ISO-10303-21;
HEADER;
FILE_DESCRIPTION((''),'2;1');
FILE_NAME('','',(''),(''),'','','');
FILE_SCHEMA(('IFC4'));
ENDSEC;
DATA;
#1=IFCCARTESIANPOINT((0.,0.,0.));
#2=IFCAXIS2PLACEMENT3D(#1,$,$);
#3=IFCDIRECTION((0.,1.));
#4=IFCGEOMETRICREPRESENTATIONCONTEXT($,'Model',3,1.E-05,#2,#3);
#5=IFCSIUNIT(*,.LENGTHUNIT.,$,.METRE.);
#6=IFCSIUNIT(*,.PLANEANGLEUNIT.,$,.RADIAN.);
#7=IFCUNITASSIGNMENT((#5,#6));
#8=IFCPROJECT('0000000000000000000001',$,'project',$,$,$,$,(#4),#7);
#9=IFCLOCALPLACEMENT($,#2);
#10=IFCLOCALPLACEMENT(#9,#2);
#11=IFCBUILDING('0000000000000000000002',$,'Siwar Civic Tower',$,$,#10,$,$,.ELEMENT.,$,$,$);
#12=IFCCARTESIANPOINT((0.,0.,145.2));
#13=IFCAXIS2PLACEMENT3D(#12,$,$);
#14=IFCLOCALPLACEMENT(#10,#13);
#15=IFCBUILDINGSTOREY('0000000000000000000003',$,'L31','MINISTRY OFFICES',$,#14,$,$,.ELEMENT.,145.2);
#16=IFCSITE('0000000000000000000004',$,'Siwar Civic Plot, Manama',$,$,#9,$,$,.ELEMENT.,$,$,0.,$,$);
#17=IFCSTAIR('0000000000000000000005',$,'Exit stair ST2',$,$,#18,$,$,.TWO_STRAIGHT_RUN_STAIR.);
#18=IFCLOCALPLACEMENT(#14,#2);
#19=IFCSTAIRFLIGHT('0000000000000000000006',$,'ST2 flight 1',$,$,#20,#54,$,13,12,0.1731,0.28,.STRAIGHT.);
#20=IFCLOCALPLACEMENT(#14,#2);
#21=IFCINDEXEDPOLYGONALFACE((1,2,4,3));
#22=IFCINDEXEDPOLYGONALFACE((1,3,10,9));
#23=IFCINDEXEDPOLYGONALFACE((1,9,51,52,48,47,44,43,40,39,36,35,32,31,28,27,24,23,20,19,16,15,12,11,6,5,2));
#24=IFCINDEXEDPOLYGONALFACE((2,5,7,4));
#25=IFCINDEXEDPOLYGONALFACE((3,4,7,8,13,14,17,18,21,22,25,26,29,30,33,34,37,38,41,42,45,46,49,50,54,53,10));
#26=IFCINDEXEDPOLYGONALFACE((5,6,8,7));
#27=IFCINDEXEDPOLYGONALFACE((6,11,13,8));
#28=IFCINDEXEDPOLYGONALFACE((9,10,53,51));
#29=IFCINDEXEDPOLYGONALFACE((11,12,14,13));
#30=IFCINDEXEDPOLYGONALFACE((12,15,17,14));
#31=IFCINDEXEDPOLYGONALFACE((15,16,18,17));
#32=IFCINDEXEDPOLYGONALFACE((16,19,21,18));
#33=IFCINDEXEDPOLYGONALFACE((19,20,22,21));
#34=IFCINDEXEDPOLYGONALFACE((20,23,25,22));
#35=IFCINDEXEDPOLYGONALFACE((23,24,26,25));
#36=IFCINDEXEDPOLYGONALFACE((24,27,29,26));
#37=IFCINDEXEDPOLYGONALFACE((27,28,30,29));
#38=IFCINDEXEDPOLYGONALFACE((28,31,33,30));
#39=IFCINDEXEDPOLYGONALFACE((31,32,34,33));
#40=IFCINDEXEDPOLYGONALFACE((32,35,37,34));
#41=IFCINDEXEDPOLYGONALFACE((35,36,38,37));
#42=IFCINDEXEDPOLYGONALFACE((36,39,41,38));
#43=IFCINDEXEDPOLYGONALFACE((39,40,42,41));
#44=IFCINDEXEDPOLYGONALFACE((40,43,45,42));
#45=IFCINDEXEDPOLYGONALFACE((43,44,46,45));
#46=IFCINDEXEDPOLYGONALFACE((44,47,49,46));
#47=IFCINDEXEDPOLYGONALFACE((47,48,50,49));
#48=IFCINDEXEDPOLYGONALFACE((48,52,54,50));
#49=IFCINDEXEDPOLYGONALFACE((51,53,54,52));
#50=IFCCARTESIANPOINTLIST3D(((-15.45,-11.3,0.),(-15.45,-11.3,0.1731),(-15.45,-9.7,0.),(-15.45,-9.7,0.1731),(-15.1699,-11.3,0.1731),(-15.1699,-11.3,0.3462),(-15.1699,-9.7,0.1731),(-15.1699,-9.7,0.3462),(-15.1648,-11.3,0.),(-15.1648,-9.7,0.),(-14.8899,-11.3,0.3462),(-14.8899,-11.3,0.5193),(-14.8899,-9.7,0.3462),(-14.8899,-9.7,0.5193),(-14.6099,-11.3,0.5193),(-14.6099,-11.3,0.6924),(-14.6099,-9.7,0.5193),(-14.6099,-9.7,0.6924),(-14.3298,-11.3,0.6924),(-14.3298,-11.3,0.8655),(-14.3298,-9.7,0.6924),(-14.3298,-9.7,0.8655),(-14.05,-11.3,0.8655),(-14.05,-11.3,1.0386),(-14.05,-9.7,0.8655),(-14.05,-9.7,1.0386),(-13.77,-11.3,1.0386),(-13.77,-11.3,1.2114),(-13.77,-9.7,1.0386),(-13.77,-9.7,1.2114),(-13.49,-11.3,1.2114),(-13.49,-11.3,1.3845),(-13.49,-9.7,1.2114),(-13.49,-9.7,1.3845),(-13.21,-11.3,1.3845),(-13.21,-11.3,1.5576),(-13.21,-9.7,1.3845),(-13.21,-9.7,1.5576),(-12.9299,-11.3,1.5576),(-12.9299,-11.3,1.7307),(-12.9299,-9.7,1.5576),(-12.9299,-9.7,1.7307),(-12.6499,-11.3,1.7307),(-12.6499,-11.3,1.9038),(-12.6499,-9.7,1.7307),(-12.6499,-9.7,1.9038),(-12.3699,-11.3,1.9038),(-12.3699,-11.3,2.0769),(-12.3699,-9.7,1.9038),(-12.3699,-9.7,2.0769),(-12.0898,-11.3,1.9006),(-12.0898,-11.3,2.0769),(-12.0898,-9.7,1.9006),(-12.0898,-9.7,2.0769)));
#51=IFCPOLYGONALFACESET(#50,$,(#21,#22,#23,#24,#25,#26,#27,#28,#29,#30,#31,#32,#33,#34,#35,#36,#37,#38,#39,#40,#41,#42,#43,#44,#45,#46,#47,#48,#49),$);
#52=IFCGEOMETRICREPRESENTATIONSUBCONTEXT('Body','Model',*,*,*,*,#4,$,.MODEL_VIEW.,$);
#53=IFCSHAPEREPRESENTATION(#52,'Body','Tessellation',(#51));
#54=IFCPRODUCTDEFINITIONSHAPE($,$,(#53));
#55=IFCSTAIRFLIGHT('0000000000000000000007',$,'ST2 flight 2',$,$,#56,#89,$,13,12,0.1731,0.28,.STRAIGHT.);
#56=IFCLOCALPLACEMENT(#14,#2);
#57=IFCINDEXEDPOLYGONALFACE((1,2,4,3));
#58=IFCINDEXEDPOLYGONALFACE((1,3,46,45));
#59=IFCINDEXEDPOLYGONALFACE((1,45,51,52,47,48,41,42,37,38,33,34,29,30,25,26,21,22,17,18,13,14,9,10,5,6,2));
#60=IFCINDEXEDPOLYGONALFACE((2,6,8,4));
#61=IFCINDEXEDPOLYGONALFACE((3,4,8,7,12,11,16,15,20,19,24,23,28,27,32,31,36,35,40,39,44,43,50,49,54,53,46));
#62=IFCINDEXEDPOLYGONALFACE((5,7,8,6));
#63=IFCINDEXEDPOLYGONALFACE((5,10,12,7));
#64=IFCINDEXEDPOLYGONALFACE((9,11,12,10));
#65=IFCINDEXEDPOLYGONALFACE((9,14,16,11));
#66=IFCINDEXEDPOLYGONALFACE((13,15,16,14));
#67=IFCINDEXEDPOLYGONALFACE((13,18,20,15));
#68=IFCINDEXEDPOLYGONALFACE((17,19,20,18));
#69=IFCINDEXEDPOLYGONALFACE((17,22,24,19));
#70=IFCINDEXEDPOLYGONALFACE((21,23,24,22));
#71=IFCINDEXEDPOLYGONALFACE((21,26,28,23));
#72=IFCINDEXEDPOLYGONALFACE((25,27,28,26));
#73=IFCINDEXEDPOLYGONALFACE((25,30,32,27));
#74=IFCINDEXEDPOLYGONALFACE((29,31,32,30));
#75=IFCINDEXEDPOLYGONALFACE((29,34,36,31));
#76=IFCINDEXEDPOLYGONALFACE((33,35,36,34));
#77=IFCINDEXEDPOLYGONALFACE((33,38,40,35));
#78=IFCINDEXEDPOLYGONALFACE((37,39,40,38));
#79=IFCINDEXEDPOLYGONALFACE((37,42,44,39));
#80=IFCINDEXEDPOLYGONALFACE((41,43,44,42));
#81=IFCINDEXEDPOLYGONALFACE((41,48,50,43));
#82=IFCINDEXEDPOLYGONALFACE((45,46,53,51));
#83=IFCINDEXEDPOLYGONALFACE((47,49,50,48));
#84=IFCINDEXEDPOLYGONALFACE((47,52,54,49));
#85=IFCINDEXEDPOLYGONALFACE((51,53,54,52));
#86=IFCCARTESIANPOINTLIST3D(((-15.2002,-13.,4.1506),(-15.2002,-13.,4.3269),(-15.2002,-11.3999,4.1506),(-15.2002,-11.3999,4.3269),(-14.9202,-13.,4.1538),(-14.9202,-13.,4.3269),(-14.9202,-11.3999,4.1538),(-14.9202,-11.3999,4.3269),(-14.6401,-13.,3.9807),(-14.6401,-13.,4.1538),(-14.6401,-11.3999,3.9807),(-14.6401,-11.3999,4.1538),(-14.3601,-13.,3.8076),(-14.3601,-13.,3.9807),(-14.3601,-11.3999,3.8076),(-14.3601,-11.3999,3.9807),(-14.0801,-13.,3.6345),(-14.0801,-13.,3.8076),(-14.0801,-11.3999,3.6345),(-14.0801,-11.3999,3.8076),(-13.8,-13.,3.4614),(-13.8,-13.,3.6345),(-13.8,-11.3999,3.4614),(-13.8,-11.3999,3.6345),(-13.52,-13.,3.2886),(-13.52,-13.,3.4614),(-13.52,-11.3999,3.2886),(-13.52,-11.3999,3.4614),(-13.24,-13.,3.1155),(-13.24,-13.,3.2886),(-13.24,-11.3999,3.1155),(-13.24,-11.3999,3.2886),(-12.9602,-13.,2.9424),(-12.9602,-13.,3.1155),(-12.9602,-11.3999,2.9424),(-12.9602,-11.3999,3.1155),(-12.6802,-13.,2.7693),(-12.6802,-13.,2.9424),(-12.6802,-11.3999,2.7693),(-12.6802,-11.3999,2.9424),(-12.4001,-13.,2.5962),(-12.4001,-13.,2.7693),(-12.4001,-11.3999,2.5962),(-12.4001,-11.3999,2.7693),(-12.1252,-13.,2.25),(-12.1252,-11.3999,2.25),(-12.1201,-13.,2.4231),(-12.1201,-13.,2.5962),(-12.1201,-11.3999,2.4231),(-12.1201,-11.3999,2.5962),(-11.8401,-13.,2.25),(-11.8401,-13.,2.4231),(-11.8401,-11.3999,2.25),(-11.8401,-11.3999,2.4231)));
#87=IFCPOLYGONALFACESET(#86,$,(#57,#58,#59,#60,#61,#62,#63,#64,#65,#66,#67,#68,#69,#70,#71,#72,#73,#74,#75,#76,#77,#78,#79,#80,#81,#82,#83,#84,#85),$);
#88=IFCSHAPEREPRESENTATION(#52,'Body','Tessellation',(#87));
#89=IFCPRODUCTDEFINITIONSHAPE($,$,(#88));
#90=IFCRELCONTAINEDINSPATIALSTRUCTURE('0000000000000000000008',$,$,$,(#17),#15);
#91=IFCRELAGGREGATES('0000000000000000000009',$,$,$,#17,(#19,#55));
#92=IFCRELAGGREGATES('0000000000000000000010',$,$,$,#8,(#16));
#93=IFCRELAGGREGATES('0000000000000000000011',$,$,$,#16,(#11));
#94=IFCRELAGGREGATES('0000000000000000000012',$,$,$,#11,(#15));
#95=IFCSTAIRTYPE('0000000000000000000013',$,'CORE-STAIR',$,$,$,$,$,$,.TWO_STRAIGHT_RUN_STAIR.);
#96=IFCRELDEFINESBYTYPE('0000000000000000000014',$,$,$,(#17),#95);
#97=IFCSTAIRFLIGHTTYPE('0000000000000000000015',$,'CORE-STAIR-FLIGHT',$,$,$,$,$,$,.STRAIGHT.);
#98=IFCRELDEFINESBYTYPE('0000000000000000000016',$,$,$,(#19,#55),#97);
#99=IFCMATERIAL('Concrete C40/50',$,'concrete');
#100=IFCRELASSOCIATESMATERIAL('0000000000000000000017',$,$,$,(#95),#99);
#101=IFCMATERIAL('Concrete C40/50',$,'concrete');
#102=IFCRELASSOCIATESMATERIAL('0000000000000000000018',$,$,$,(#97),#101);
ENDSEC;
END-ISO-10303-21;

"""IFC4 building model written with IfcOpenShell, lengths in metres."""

from ifc_helpers import new_model, si_unit, direction, frame, origin, place, context, subcontext, project, spatial, polyline, outline, extrude, material, type_object, element, aggregate, save


model = new_model("IFC4")

# Units and contexts
model_context = context("Model", 3, precision=1e-05, world=origin(), true_north=direction((0.0, 1.0)))
body_context = subcontext(model_context, "Body", "Model", "MODEL_VIEW")
ifc_project = project(units=[si_unit("LENGTHUNIT", "METRE"), si_unit("PLANEANGLEUNIT", "RADIAN")], contexts=[model_context])

# Site, building, storey
site_placement = place(None, origin())
site = spatial("IfcSite", under=ifc_project, at=site_placement, Name="Siwar Civic Plot, Manama", CompositionType="ELEMENT", RefElevation=0.0)
building_placement = place(site_placement, origin())
building = spatial("IfcBuilding", under=site, at=building_placement, Name="Siwar Civic Tower", CompositionType="ELEMENT")
storey_placement = place(building_placement, frame((0.0, 0.0, 145.2)))
storey = spatial("IfcBuildingStorey", under=building, at=storey_placement, Name="L31", Description="MINISTRY OFFICES", CompositionType="ELEMENT", Elevation=145.2)

# Stair, stair flights
ifc_material_1 = material(Name="Concrete C40/50", Category="concrete")
stair_type = type_object("IfcStairType", Name="CORE-STAIR", PredefinedType="TWO_STRAIGHT_RUN_STAIR", material=ifc_material_1)
stair_placement = place(storey_placement, origin())
stair = element("IfcStair", 1, at=stair_placement, inside=storey, type_object=stair_type, Name="Exit stair ST2", PredefinedType="TWO_STRAIGHT_RUN_STAIR")
ifc_material_2 = material(Name="Concrete C40/50", Category="concrete")
stair_flight_type = type_object("IfcStairFlightType", Name="CORE-STAIR-FLIGHT", PredefinedType="STRAIGHT", material=ifc_material_2)
stair_flight_1_placement = place(storey_placement, frame((-15.45, -10.5, 0.0), z_axis=(0.0, 0.0, 1.0), x_axis=(1.0, 0.0, 0.0)))
stair_flight_1 = element("IfcStairFlight", 2, at=stair_flight_1_placement, type_object=stair_flight_type, Name="ST2 flight 1", NumberOfRisers=13, NumberOfTreads=12, PredefinedType="STRAIGHT", RiserHeight=0.1731, TreadLength=0.28, context=body_context, shape_type="SweptSolid", body=[
    extrude(outline(polyline([(0.0, 0.0), (0.0, 0.1731), (0.28, 0.1731), (0.28, 0.3462), (0.5601, 0.3462), (0.5601, 0.5193), (0.8401, 0.5193), (0.8401, 0.6924), (1.1201, 0.6924), (1.1201, 0.8655), (1.3999, 0.8655), (1.3999, 1.0386), (1.6799, 1.0386), (1.6799, 1.2114), (1.96, 1.2114), (1.96, 1.3845), (2.24, 1.3845), (2.24, 1.5576), (2.52, 1.5576), (2.52, 1.7307), (2.8, 1.7307), (2.8, 1.9038), (3.0801, 1.9038), (3.0801, 2.0769), (3.3601, 2.0769), (3.3601, 2.25), (3.3601, 1.9006), (0.2852, 0.0), (0.0, 0.0)])), frame((0.0, 0.8, 0.0), z_axis=(0.0, -1.0, 0.0), x_axis=(1.0, 0.0, 0.0)), (0.0, 0.0, 1.0), 1.6001),
])
stair_flight_2_placement = place(storey_placement, frame((-11.8401, -12.2, 2.25), z_axis=(0.0, 0.0, 1.0), x_axis=(-1.0, 0.0, 0.0)))
stair_flight_2 = element("IfcStairFlight", 3, at=stair_flight_2_placement, type_object=stair_flight_type, Name="ST2 flight 2", NumberOfRisers=13, NumberOfTreads=12, PredefinedType="STRAIGHT", RiserHeight=0.1731, TreadLength=0.28, context=body_context, shape_type="SweptSolid", body=[
    extrude(outline(polyline([(0.0, 0.0), (0.0, 0.1731), (0.28, 0.1731), (0.28, 0.3462), (0.5601, 0.3462), (0.5601, 0.5193), (0.8401, 0.5193), (0.8401, 0.6924), (1.1201, 0.6924), (1.1201, 0.8655), (1.3999, 0.8655), (1.3999, 1.0386), (1.6799, 1.0386), (1.6799, 1.2114), (1.96, 1.2114), (1.96, 1.3845), (2.24, 1.3845), (2.24, 1.5576), (2.52, 1.5576), (2.52, 1.7307), (2.8, 1.7307), (2.8, 1.9038), (3.0801, 1.9038), (3.0801, 2.0769), (3.3601, 2.0769), (3.3601, 2.25), (3.3601, 1.9006), (0.2852, 0.0), (0.0, 0.0)])), frame((0.0, 0.8, 0.0), z_axis=(0.0, -1.0, 0.0), x_axis=(1.0, 0.0, 0.0)), (0.0, 0.0, 1.0), 1.6001),
])
aggregate(stair, [stair_flight_1, stair_flight_2])

save(model, "model.ifc")
